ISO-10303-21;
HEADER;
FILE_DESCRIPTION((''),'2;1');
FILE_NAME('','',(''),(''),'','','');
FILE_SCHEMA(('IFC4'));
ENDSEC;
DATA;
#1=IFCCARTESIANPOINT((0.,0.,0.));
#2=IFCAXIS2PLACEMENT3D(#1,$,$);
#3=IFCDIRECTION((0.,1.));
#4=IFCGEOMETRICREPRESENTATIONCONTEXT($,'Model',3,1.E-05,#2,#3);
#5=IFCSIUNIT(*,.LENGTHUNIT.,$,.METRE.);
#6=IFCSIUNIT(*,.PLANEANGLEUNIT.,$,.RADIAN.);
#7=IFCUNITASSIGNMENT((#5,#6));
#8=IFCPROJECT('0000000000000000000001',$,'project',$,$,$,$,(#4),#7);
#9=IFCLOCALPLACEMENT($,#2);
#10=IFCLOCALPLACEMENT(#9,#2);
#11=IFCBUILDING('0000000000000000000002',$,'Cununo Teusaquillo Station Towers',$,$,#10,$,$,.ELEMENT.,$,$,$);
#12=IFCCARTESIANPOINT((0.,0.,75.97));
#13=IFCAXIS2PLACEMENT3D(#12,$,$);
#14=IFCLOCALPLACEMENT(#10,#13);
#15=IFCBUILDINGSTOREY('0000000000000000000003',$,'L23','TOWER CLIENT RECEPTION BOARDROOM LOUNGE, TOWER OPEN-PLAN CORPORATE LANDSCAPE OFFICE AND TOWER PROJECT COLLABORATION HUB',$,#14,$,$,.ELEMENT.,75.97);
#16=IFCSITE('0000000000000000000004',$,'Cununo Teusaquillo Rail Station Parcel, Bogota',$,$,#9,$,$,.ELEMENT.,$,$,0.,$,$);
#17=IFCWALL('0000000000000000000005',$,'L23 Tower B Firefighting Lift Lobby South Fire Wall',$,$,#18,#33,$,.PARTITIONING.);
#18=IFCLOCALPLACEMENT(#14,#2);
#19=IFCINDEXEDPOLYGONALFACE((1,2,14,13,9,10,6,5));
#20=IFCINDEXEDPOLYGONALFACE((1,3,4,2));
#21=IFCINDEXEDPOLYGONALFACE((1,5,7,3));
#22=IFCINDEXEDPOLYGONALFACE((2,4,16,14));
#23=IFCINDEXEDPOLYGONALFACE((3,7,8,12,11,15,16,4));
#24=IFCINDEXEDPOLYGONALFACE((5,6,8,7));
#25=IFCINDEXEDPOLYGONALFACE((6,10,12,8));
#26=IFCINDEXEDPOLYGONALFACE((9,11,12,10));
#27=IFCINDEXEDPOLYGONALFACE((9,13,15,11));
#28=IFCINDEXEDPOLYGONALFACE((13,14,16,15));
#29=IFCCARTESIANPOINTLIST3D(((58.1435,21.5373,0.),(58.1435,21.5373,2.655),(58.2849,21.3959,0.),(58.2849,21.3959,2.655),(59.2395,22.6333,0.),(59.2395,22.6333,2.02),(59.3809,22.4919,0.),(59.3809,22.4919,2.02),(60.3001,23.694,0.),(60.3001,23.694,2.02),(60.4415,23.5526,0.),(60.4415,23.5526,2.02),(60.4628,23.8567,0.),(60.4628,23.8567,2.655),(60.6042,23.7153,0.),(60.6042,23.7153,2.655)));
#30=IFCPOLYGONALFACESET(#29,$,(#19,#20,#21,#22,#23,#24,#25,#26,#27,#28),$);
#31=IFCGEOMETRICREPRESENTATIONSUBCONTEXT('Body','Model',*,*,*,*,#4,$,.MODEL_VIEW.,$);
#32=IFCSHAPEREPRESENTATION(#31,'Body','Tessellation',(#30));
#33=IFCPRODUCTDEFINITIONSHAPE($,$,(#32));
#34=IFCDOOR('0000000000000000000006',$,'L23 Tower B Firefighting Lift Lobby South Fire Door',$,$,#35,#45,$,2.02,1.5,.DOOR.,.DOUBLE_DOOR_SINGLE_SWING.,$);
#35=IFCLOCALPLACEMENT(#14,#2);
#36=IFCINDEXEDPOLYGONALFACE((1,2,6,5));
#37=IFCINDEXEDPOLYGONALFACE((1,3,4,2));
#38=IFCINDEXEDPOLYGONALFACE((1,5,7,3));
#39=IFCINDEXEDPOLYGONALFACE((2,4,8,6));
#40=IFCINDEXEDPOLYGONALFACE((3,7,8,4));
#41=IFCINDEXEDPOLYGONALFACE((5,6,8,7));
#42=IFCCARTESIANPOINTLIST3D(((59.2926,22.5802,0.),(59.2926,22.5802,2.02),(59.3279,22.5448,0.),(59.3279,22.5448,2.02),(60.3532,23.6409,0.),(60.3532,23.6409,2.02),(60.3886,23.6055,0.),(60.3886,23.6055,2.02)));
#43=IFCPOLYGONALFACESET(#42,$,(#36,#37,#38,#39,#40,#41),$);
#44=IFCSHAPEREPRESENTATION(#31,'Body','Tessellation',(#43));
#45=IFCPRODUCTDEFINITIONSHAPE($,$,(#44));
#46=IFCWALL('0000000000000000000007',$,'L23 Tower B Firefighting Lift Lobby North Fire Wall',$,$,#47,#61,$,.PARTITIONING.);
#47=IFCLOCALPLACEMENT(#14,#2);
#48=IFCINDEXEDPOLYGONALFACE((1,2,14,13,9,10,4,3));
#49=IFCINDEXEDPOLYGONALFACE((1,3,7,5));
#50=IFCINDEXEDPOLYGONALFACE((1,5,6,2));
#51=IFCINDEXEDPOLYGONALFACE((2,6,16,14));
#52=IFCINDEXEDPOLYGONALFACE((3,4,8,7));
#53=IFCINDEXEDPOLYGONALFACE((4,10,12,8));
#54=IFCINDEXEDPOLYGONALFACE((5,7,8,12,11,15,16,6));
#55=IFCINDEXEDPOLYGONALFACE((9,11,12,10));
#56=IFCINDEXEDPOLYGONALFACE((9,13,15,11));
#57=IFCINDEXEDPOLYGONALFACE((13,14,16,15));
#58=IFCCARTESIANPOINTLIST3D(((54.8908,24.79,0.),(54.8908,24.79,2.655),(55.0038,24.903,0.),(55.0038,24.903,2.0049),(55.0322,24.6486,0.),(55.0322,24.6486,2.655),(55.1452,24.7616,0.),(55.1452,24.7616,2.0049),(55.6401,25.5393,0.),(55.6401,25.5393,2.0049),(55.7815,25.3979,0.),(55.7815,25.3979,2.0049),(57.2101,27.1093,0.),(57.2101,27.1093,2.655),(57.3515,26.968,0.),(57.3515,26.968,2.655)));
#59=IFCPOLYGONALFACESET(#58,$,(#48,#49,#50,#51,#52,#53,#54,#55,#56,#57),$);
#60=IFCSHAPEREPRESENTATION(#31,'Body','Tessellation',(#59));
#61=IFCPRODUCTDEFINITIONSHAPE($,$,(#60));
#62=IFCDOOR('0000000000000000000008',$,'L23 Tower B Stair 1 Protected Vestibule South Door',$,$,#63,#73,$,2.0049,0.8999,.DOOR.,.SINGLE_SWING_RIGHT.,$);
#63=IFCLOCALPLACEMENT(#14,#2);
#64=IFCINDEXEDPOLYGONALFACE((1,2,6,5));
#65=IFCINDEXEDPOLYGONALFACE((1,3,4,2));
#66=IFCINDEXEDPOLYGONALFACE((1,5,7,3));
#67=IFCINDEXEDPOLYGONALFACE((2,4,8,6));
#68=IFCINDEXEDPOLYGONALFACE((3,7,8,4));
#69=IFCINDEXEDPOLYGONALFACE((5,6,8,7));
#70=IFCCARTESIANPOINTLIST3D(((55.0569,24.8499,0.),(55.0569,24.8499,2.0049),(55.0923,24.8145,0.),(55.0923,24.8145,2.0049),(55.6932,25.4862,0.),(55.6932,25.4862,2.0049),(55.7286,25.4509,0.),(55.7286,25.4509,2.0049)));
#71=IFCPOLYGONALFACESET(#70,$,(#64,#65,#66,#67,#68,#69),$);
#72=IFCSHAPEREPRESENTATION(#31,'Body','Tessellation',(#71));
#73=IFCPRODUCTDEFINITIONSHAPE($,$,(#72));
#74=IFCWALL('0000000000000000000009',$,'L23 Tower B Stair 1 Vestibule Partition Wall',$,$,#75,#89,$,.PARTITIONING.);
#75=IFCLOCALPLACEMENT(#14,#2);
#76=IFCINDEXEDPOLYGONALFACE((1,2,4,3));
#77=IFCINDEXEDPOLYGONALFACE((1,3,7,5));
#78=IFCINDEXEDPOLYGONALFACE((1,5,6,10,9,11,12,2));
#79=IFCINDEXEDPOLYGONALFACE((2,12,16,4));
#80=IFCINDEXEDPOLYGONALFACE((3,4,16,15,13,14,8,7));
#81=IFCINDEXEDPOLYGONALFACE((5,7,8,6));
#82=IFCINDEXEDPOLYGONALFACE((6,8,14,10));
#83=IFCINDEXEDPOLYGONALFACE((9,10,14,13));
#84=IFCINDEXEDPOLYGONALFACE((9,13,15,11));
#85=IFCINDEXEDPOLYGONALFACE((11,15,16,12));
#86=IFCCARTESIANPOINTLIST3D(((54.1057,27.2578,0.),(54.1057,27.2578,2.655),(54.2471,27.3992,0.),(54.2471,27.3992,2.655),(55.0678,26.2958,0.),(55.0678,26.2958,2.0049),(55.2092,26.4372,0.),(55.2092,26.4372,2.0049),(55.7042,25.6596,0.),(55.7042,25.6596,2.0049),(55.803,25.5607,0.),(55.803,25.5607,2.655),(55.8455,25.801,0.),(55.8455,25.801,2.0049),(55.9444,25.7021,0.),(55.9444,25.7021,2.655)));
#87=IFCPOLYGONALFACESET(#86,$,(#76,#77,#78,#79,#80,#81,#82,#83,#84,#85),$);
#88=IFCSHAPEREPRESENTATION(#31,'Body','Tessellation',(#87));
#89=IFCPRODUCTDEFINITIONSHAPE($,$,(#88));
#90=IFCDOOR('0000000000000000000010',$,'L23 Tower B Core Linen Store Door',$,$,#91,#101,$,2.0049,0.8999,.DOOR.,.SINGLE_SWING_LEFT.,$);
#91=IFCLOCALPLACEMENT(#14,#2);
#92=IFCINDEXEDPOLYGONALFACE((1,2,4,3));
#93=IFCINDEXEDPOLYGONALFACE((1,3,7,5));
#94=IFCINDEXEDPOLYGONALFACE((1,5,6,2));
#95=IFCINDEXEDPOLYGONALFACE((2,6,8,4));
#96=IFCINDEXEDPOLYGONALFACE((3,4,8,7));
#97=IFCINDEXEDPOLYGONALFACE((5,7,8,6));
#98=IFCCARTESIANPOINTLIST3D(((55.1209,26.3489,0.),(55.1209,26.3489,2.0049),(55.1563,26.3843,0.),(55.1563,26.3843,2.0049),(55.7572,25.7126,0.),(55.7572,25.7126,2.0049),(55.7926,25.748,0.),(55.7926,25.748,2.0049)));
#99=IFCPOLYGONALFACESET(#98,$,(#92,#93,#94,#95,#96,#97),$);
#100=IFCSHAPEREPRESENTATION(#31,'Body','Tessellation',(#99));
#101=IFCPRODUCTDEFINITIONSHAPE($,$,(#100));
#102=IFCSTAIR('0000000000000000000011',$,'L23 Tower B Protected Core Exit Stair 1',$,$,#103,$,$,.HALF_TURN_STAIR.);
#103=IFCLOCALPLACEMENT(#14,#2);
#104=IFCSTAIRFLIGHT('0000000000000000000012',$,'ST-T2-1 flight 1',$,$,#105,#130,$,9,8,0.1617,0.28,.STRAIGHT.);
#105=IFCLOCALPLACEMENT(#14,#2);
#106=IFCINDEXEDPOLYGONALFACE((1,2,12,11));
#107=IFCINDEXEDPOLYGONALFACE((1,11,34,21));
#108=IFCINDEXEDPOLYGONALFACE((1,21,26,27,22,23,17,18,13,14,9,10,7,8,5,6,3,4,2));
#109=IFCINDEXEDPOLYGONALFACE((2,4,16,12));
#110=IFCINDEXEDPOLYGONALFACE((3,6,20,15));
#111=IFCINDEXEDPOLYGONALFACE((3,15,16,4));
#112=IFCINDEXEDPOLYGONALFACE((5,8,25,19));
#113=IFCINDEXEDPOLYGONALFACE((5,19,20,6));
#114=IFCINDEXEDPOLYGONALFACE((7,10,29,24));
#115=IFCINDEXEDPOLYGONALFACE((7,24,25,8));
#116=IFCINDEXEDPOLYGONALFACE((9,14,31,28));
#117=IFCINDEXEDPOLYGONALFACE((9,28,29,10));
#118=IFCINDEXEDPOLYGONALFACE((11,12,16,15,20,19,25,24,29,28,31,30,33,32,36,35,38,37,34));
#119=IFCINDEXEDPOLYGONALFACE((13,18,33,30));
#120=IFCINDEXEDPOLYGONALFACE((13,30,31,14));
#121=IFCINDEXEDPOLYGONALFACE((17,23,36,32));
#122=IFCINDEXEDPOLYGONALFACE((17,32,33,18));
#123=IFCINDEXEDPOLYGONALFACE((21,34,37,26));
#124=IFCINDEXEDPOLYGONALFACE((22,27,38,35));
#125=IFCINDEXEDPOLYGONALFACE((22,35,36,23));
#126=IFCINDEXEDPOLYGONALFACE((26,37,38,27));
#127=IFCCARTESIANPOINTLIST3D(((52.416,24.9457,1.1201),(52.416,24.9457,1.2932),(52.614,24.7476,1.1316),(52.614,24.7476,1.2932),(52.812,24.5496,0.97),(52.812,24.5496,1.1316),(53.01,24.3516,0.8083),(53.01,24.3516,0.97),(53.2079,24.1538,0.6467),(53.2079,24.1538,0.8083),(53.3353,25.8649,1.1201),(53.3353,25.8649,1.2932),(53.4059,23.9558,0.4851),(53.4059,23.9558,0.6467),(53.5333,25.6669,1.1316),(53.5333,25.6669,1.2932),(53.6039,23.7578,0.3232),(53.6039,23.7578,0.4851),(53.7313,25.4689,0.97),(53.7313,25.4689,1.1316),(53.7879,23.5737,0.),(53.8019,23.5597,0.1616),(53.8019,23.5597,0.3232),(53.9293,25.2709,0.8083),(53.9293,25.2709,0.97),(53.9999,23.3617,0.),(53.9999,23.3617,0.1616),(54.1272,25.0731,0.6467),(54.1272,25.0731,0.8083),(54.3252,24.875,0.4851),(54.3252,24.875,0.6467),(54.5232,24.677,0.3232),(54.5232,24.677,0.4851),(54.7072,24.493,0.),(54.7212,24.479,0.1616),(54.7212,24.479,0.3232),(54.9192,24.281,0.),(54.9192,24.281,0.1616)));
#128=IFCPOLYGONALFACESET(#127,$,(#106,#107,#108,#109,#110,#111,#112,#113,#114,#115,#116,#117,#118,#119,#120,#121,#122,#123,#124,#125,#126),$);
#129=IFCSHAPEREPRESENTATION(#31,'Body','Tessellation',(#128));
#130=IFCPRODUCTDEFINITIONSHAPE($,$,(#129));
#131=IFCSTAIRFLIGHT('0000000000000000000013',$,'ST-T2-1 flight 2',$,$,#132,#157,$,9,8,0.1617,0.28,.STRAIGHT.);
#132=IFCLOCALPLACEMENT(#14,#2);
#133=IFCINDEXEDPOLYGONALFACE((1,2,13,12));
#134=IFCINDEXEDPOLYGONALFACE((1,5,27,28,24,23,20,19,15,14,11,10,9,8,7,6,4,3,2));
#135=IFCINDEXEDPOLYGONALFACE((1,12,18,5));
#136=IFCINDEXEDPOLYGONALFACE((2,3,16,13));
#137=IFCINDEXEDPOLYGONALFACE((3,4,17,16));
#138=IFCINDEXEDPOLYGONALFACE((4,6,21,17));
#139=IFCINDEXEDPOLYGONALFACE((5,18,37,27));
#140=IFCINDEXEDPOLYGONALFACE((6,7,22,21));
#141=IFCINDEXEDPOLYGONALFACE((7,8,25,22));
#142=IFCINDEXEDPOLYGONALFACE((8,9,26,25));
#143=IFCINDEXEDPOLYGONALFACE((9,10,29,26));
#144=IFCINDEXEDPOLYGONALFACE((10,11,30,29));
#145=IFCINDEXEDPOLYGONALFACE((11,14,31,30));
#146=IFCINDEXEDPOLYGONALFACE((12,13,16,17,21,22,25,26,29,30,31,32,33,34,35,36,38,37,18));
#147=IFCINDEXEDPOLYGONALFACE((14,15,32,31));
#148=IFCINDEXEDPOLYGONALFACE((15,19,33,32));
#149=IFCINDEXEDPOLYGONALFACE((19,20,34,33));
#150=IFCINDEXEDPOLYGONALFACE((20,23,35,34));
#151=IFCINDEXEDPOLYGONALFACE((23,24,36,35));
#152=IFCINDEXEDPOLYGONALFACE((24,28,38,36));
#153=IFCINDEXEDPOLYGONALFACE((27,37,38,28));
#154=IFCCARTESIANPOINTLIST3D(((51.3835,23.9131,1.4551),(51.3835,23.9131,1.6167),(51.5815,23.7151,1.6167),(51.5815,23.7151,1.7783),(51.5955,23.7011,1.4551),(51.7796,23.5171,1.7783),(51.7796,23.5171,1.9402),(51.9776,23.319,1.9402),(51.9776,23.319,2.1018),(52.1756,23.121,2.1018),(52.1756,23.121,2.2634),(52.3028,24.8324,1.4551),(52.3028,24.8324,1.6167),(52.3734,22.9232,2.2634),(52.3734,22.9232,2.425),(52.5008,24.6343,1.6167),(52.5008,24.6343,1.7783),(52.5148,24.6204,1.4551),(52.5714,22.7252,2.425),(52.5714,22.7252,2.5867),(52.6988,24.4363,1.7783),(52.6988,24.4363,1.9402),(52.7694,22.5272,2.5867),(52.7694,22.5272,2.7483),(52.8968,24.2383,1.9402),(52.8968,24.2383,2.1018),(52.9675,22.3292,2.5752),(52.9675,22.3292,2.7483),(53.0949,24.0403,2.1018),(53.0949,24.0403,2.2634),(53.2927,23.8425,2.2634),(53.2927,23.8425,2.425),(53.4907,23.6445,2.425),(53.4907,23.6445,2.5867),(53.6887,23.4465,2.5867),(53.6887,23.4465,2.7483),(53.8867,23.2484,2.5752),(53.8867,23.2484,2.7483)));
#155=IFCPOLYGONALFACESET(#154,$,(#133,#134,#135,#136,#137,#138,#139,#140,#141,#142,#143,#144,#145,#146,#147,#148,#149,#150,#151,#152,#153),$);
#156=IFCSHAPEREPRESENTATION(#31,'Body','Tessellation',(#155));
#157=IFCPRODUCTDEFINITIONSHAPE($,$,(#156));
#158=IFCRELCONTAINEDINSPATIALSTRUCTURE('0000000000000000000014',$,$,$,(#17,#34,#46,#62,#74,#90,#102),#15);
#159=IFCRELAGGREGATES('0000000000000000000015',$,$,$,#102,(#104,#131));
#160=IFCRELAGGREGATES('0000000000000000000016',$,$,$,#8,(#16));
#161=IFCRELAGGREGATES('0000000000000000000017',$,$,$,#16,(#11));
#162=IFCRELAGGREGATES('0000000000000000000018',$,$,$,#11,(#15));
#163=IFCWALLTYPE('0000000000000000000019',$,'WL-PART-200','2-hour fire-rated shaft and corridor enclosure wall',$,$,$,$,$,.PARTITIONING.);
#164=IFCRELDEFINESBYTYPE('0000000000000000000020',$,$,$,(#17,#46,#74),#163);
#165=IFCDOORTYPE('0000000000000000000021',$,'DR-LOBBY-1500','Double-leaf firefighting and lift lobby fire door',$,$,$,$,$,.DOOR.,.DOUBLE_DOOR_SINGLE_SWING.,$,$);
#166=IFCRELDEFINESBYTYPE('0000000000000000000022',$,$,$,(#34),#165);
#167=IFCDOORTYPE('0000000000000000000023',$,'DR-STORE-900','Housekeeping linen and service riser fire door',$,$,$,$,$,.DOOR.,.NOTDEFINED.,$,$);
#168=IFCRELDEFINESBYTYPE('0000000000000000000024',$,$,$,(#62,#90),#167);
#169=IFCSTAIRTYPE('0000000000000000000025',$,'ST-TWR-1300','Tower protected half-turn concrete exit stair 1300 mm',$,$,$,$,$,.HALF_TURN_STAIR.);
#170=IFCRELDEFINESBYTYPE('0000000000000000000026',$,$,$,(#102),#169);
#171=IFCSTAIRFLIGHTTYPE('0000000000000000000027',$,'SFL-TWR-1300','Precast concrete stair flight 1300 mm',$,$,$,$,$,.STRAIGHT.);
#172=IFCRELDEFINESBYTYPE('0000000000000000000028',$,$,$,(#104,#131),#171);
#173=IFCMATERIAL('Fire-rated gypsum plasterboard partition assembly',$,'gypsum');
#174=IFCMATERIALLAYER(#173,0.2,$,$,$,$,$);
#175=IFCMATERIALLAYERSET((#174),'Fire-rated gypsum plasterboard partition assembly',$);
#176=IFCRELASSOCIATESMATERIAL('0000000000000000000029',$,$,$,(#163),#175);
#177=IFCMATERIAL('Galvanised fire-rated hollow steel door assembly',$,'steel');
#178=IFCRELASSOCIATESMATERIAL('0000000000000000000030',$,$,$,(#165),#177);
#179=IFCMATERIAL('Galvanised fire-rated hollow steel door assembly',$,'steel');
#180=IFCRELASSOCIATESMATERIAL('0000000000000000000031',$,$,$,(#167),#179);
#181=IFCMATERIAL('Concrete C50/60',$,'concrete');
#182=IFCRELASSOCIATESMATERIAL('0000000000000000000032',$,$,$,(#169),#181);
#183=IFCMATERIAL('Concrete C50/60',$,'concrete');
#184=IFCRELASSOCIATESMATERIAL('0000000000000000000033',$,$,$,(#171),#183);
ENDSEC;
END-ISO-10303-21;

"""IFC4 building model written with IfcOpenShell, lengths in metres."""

from ifc_helpers import new_model, si_unit, direction, frame, frame_2d, origin, place, context, subcontext, project, spatial, polyline, rectangle, outline, extrude, source, transform, mapped, material, layer, layer_set, type_object, element, fill, aggregate, save


model = new_model("IFC4")

# Units and contexts
model_context = context("Model", 3, precision=1e-05, world=origin(), true_north=direction((0.0, 1.0)))
body_context = subcontext(model_context, "Body", "Model", "MODEL_VIEW")
ifc_project = project(units=[si_unit("LENGTHUNIT", "METRE"), si_unit("PLANEANGLEUNIT", "RADIAN")], contexts=[model_context])

# Site, building, storey
site_placement = place(None, origin())
site = spatial("IfcSite", under=ifc_project, at=site_placement, Name="Cununo Teusaquillo Rail Station Parcel, Bogota", CompositionType="ELEMENT", RefElevation=0.0)
building_placement = place(site_placement, origin())
building = spatial("IfcBuilding", under=site, at=building_placement, Name="Cununo Teusaquillo Station Towers", CompositionType="ELEMENT")
storey_placement = place(building_placement, frame((0.0, 0.0, 75.97)))
storey = spatial("IfcBuildingStorey", under=building, at=storey_placement, Name="L23", Description="TOWER CLIENT RECEPTION BOARDROOM LOUNGE, TOWER OPEN-PLAN CORPORATE LANDSCAPE OFFICE AND TOWER PROJECT COLLABORATION HUB", CompositionType="ELEMENT", Elevation=75.97)

# Walls, openings, doors
ifc_material_1 = material(Name="Fire-rated gypsum plasterboard partition assembly", Category="gypsum")
ifc_layer_1 = layer(ifc_material_1, 0.2)
ifc_layer_set_1 = layer_set([ifc_layer_1], Name="Fire-rated gypsum plasterboard partition assembly")
wall_type_1 = type_object("IfcWallType", Name="WL-PART-200", Description="2-hour fire-rated shaft and corridor enclosure wall", PredefinedType="PARTITIONING", material=ifc_layer_set_1)
wall_1_placement = place(storey_placement, frame((58.2141, 21.4666, 0.0), z_axis=(0.0, 0.0, 1.0), x_axis=(0.707107, 0.707107, 0.0)))
wall_1 = element("IfcWall", 1, at=wall_1_placement, inside=storey, type_object=wall_type_1, Name="L23 Tower B Firefighting Lift Lobby South Fire Wall", PredefinedType="PARTITIONING", context=body_context, shape_type="SweptSolid", body=[
    extrude(rectangle(XDim=3.28, YDim=0.2, at=frame_2d((1.6401, 0.0))), origin(), (0.0, 0.0, 1.0), 2.655),
])
shared_shape_1 = source(origin(), body_context, "Body", "SweptSolid", [
    extrude(rectangle(XDim=1.5, YDim=2.02, at=frame_2d((0.75, 1.01))), frame((0.0, 0.1099, 0.0), z_axis=(0.0, -1.0, 0.0), x_axis=(1.0, 0.0, 0.0)), (0.0, 0.0, 1.0), 0.22),
])
opening_1_placement = place(wall_1_placement, frame((1.55, 0.0, 0.0)))
opening_1 = element("IfcOpeningElement", 2, at=opening_1_placement, cuts=wall_1, PredefinedType="OPENING", context=body_context, shape_type="MappedRepresentation", body=[
    mapped(shared_shape_1, transform((0.0, 0.0, 0.0), x_axis=(1.0, 0.0, 0.0), y_axis=(0.0, 1.0, 0.0), z_axis=(0.0, 0.0, 1.0), scale=1.0)),
])
ifc_material_2 = material(Name="Galvanised fire-rated hollow steel door assembly", Category="steel")
door_type_1 = type_object("IfcDoorType", Name="DR-LOBBY-1500", Description="Double-leaf firefighting and lift lobby fire door", OperationType="DOUBLE_DOOR_SINGLE_SWING", PredefinedType="DOOR", material=ifc_material_2)
shared_shape_2 = source(origin(), body_context, "Body", "SweptSolid", [
    extrude(rectangle(XDim=1.5, YDim=2.02, at=frame_2d((0.75, 1.01))), frame((0.0, 0.0249, 0.0), z_axis=(0.0, -1.0, 0.0), x_axis=(1.0, 0.0, 0.0)), (0.0, 0.0, 1.0), 0.05),
])
door_1_placement = place(opening_1_placement, origin())
door_1 = element("IfcDoor", 3, at=door_1_placement, inside=storey, type_object=door_type_1, Name="L23 Tower B Firefighting Lift Lobby South Fire Door", OperationType="DOUBLE_DOOR_SINGLE_SWING", OverallHeight=2.02, OverallWidth=1.5, PredefinedType="DOOR", context=body_context, shape_type="MappedRepresentation", body=[
    mapped(shared_shape_2, transform((0.0, 0.0, 0.0), x_axis=(1.0, 0.0, 0.0), y_axis=(0.0, 1.0, 0.0), z_axis=(0.0, 0.0, 1.0), scale=1.0)),
])
fill(opening_1, door_1)
wall_2_placement = place(storey_placement, frame((54.9614, 24.7192, 0.0), z_axis=(0.0, 0.0, 1.0), x_axis=(0.707107, 0.707107, 0.0)))
wall_2 = element("IfcWall", 4, at=wall_2_placement, inside=storey, type_object=wall_type_1, Name="L23 Tower B Firefighting Lift Lobby North Fire Wall", PredefinedType="PARTITIONING", context=body_context, shape_type="SweptSolid", body=[
    extrude(rectangle(XDim=3.28, YDim=0.2, at=frame_2d((1.6401, 0.0))), origin(), (0.0, 0.0, 1.0), 2.655),
])
shared_shape_3 = source(origin(), body_context, "Body", "SweptSolid", [
    extrude(rectangle(XDim=0.8999, YDim=2.0049, at=frame_2d((0.45, 1.0024))), frame((0.0, 0.1099, 0.0), z_axis=(0.0, -1.0, 0.0), x_axis=(1.0, 0.0, 0.0)), (0.0, 0.0, 1.0), 0.22),
])
opening_2_placement = place(wall_2_placement, frame((0.1599, 0.0, 0.0)))
opening_2 = element("IfcOpeningElement", 5, at=opening_2_placement, cuts=wall_2, PredefinedType="OPENING", context=body_context, shape_type="MappedRepresentation", body=[
    mapped(shared_shape_3, transform((0.0, 0.0, 0.0), x_axis=(1.0, 0.0, 0.0), y_axis=(0.0, 1.0, 0.0), z_axis=(0.0, 0.0, 1.0), scale=1.0)),
])
ifc_material_3 = material(Name="Galvanised fire-rated hollow steel door assembly", Category="steel")
door_type_2 = type_object("IfcDoorType", Name="DR-STORE-900", Description="Housekeeping linen and service riser fire door", OperationType="NOTDEFINED", PredefinedType="DOOR", material=ifc_material_3)
shared_shape_4 = source(origin(), body_context, "Body", "SweptSolid", [
    extrude(rectangle(XDim=0.8999, YDim=2.0049, at=frame_2d((0.45, 1.0024))), frame((0.0, 0.0249, 0.0), z_axis=(0.0, -1.0, 0.0), x_axis=(1.0, 0.0, 0.0)), (0.0, 0.0, 1.0), 0.05),
])
door_2_placement = place(opening_2_placement, origin())
door_2 = element("IfcDoor", 6, at=door_2_placement, inside=storey, type_object=door_type_2, Name="L23 Tower B Stair 1 Protected Vestibule South Door", OperationType="SINGLE_SWING_RIGHT", OverallHeight=2.0049, OverallWidth=0.8999, PredefinedType="DOOR", context=body_context, shape_type="MappedRepresentation", body=[
    mapped(shared_shape_4, transform((0.0, 0.0, 0.0), x_axis=(1.0, 0.0, 0.0), y_axis=(0.0, 1.0, 0.0), z_axis=(0.0, 0.0, 1.0), scale=1.0)),
])
fill(opening_2, door_2)
wall_3_placement = place(storey_placement, frame((55.8738, 25.6313, 0.0), z_axis=(0.0, 0.0, 1.0), x_axis=(-0.707158, 0.707056, 0.0)))
wall_3 = element("IfcWall", 7, at=wall_3_placement, inside=storey, type_object=wall_type_1, Name="L23 Tower B Stair 1 Vestibule Partition Wall", PredefinedType="PARTITIONING", context=body_context, shape_type="SweptSolid", body=[
    extrude(rectangle(XDim=2.4001, YDim=0.2, at=frame_2d((1.2002, 0.0))), origin(), (0.0, 0.0, 1.0), 2.655),
])
opening_3_placement = place(wall_3_placement, frame((0.1399, 0.0, 0.0)))
opening_3 = element("IfcOpeningElement", 8, at=opening_3_placement, cuts=wall_3, PredefinedType="OPENING", context=body_context, shape_type="MappedRepresentation", body=[
    mapped(shared_shape_3, transform((0.0, 0.0, 0.0), x_axis=(1.0, 0.0, 0.0), y_axis=(0.0, 1.0, 0.0), z_axis=(0.0, 0.0, 1.0), scale=1.0)),
])
door_3_placement = place(opening_3_placement, origin())
door_3 = element("IfcDoor", 9, at=door_3_placement, inside=storey, type_object=door_type_2, Name="L23 Tower B Core Linen Store Door", OperationType="SINGLE_SWING_LEFT", OverallHeight=2.0049, OverallWidth=0.8999, PredefinedType="DOOR", context=body_context, shape_type="MappedRepresentation", body=[
    mapped(shared_shape_4, transform((0.0, 0.0, 0.0), x_axis=(1.0, 0.0, 0.0), y_axis=(0.0, 1.0, 0.0), z_axis=(0.0, 0.0, 1.0), scale=1.0)),
])
fill(opening_3, door_3)

# Stair, stair flights
ifc_material_4 = material(Name="Concrete C50/60", Category="concrete")
stair_type = type_object("IfcStairType", Name="ST-TWR-1300", Description="Tower protected half-turn concrete exit stair 1300 mm", PredefinedType="HALF_TURN_STAIR", material=ifc_material_4)
stair_placement = place(storey_placement, origin())
stair = element("IfcStair", 10, at=stair_placement, inside=storey, type_object=stair_type, Name="L23 Tower B Protected Core Exit Stair 1", PredefinedType="HALF_TURN_STAIR")
ifc_material_5 = material(Name="Concrete C50/60", Category="concrete")
stair_flight_type = type_object("IfcStairFlightType", Name="SFL-TWR-1300", Description="Precast concrete stair flight 1300 mm", PredefinedType="STRAIGHT", material=ifc_material_5)
stair_flight_1_placement = place(storey_placement, frame((54.4595, 23.8213, 0.0), z_axis=(0.0, 0.0, 1.0), x_axis=(-0.707107, 0.707107, 0.0)))
stair_flight_1 = element("IfcStairFlight", 11, at=stair_flight_1_placement, type_object=stair_flight_type, Name="ST-T2-1 flight 1", NumberOfRisers=9, NumberOfTreads=8, PredefinedType="STRAIGHT", RiserHeight=0.1617, TreadLength=0.28, context=body_context, shape_type="SweptSolid", body=[
    extrude(outline(polyline([(0.0, 0.0), (0.0, 0.1616), (0.28, 0.1616), (0.28, 0.3232), (0.5601, 0.3232), (0.5601, 0.4851), (0.8401, 0.4851), (0.8401, 0.6467), (1.1201, 0.6467), (1.1201, 0.8083), (1.3999, 0.8083), (1.3999, 0.97), (1.6799, 0.97), (1.6799, 1.1316), (1.96, 1.1316), (1.96, 1.2932), (2.24, 1.2932), (2.24, 1.4551), (2.24, 1.1201), (0.2998, 0.0), (0.0, 0.0)])), frame((0.0, 0.6499, 0.0), z_axis=(0.0, -1.0, 0.0), x_axis=(1.0, 0.0, 0.0)), (0.0, 0.0, 1.0), 1.3),
])
stair_flight_2_placement = place(storey_placement, frame((51.8433, 24.3728, 1.4551), z_axis=(0.0, 0.0, 1.0), x_axis=(0.707107, -0.707107, 0.0)))
stair_flight_2 = element("IfcStairFlight", 12, at=stair_flight_2_placement, type_object=stair_flight_type, Name="ST-T2-1 flight 2", NumberOfRisers=9, NumberOfTreads=8, PredefinedType="STRAIGHT", RiserHeight=0.1617, TreadLength=0.28, context=body_context, shape_type="SweptSolid", body=[
    extrude(outline(polyline([(0.0, 0.0), (0.0, 0.1616), (0.28, 0.1616), (0.28, 0.3232), (0.5601, 0.3232), (0.5601, 0.4851), (0.8401, 0.4851), (0.8401, 0.6467), (1.1201, 0.6467), (1.1201, 0.8083), (1.3999, 0.8083), (1.3999, 0.97), (1.6799, 0.97), (1.6799, 1.1316), (1.96, 1.1316), (1.96, 1.2932), (2.24, 1.2932), (2.24, 1.4551), (2.24, 1.1201), (0.2998, 0.0), (0.0, 0.0)])), frame((0.0, 0.6499, 0.0), z_axis=(0.0, -1.0, 0.0), x_axis=(1.0, 0.0, 0.0)), (0.0, 0.0, 1.0), 1.3),
])
aggregate(stair, [stair_flight_1, stair_flight_2])

save(model, "model.ifc")
